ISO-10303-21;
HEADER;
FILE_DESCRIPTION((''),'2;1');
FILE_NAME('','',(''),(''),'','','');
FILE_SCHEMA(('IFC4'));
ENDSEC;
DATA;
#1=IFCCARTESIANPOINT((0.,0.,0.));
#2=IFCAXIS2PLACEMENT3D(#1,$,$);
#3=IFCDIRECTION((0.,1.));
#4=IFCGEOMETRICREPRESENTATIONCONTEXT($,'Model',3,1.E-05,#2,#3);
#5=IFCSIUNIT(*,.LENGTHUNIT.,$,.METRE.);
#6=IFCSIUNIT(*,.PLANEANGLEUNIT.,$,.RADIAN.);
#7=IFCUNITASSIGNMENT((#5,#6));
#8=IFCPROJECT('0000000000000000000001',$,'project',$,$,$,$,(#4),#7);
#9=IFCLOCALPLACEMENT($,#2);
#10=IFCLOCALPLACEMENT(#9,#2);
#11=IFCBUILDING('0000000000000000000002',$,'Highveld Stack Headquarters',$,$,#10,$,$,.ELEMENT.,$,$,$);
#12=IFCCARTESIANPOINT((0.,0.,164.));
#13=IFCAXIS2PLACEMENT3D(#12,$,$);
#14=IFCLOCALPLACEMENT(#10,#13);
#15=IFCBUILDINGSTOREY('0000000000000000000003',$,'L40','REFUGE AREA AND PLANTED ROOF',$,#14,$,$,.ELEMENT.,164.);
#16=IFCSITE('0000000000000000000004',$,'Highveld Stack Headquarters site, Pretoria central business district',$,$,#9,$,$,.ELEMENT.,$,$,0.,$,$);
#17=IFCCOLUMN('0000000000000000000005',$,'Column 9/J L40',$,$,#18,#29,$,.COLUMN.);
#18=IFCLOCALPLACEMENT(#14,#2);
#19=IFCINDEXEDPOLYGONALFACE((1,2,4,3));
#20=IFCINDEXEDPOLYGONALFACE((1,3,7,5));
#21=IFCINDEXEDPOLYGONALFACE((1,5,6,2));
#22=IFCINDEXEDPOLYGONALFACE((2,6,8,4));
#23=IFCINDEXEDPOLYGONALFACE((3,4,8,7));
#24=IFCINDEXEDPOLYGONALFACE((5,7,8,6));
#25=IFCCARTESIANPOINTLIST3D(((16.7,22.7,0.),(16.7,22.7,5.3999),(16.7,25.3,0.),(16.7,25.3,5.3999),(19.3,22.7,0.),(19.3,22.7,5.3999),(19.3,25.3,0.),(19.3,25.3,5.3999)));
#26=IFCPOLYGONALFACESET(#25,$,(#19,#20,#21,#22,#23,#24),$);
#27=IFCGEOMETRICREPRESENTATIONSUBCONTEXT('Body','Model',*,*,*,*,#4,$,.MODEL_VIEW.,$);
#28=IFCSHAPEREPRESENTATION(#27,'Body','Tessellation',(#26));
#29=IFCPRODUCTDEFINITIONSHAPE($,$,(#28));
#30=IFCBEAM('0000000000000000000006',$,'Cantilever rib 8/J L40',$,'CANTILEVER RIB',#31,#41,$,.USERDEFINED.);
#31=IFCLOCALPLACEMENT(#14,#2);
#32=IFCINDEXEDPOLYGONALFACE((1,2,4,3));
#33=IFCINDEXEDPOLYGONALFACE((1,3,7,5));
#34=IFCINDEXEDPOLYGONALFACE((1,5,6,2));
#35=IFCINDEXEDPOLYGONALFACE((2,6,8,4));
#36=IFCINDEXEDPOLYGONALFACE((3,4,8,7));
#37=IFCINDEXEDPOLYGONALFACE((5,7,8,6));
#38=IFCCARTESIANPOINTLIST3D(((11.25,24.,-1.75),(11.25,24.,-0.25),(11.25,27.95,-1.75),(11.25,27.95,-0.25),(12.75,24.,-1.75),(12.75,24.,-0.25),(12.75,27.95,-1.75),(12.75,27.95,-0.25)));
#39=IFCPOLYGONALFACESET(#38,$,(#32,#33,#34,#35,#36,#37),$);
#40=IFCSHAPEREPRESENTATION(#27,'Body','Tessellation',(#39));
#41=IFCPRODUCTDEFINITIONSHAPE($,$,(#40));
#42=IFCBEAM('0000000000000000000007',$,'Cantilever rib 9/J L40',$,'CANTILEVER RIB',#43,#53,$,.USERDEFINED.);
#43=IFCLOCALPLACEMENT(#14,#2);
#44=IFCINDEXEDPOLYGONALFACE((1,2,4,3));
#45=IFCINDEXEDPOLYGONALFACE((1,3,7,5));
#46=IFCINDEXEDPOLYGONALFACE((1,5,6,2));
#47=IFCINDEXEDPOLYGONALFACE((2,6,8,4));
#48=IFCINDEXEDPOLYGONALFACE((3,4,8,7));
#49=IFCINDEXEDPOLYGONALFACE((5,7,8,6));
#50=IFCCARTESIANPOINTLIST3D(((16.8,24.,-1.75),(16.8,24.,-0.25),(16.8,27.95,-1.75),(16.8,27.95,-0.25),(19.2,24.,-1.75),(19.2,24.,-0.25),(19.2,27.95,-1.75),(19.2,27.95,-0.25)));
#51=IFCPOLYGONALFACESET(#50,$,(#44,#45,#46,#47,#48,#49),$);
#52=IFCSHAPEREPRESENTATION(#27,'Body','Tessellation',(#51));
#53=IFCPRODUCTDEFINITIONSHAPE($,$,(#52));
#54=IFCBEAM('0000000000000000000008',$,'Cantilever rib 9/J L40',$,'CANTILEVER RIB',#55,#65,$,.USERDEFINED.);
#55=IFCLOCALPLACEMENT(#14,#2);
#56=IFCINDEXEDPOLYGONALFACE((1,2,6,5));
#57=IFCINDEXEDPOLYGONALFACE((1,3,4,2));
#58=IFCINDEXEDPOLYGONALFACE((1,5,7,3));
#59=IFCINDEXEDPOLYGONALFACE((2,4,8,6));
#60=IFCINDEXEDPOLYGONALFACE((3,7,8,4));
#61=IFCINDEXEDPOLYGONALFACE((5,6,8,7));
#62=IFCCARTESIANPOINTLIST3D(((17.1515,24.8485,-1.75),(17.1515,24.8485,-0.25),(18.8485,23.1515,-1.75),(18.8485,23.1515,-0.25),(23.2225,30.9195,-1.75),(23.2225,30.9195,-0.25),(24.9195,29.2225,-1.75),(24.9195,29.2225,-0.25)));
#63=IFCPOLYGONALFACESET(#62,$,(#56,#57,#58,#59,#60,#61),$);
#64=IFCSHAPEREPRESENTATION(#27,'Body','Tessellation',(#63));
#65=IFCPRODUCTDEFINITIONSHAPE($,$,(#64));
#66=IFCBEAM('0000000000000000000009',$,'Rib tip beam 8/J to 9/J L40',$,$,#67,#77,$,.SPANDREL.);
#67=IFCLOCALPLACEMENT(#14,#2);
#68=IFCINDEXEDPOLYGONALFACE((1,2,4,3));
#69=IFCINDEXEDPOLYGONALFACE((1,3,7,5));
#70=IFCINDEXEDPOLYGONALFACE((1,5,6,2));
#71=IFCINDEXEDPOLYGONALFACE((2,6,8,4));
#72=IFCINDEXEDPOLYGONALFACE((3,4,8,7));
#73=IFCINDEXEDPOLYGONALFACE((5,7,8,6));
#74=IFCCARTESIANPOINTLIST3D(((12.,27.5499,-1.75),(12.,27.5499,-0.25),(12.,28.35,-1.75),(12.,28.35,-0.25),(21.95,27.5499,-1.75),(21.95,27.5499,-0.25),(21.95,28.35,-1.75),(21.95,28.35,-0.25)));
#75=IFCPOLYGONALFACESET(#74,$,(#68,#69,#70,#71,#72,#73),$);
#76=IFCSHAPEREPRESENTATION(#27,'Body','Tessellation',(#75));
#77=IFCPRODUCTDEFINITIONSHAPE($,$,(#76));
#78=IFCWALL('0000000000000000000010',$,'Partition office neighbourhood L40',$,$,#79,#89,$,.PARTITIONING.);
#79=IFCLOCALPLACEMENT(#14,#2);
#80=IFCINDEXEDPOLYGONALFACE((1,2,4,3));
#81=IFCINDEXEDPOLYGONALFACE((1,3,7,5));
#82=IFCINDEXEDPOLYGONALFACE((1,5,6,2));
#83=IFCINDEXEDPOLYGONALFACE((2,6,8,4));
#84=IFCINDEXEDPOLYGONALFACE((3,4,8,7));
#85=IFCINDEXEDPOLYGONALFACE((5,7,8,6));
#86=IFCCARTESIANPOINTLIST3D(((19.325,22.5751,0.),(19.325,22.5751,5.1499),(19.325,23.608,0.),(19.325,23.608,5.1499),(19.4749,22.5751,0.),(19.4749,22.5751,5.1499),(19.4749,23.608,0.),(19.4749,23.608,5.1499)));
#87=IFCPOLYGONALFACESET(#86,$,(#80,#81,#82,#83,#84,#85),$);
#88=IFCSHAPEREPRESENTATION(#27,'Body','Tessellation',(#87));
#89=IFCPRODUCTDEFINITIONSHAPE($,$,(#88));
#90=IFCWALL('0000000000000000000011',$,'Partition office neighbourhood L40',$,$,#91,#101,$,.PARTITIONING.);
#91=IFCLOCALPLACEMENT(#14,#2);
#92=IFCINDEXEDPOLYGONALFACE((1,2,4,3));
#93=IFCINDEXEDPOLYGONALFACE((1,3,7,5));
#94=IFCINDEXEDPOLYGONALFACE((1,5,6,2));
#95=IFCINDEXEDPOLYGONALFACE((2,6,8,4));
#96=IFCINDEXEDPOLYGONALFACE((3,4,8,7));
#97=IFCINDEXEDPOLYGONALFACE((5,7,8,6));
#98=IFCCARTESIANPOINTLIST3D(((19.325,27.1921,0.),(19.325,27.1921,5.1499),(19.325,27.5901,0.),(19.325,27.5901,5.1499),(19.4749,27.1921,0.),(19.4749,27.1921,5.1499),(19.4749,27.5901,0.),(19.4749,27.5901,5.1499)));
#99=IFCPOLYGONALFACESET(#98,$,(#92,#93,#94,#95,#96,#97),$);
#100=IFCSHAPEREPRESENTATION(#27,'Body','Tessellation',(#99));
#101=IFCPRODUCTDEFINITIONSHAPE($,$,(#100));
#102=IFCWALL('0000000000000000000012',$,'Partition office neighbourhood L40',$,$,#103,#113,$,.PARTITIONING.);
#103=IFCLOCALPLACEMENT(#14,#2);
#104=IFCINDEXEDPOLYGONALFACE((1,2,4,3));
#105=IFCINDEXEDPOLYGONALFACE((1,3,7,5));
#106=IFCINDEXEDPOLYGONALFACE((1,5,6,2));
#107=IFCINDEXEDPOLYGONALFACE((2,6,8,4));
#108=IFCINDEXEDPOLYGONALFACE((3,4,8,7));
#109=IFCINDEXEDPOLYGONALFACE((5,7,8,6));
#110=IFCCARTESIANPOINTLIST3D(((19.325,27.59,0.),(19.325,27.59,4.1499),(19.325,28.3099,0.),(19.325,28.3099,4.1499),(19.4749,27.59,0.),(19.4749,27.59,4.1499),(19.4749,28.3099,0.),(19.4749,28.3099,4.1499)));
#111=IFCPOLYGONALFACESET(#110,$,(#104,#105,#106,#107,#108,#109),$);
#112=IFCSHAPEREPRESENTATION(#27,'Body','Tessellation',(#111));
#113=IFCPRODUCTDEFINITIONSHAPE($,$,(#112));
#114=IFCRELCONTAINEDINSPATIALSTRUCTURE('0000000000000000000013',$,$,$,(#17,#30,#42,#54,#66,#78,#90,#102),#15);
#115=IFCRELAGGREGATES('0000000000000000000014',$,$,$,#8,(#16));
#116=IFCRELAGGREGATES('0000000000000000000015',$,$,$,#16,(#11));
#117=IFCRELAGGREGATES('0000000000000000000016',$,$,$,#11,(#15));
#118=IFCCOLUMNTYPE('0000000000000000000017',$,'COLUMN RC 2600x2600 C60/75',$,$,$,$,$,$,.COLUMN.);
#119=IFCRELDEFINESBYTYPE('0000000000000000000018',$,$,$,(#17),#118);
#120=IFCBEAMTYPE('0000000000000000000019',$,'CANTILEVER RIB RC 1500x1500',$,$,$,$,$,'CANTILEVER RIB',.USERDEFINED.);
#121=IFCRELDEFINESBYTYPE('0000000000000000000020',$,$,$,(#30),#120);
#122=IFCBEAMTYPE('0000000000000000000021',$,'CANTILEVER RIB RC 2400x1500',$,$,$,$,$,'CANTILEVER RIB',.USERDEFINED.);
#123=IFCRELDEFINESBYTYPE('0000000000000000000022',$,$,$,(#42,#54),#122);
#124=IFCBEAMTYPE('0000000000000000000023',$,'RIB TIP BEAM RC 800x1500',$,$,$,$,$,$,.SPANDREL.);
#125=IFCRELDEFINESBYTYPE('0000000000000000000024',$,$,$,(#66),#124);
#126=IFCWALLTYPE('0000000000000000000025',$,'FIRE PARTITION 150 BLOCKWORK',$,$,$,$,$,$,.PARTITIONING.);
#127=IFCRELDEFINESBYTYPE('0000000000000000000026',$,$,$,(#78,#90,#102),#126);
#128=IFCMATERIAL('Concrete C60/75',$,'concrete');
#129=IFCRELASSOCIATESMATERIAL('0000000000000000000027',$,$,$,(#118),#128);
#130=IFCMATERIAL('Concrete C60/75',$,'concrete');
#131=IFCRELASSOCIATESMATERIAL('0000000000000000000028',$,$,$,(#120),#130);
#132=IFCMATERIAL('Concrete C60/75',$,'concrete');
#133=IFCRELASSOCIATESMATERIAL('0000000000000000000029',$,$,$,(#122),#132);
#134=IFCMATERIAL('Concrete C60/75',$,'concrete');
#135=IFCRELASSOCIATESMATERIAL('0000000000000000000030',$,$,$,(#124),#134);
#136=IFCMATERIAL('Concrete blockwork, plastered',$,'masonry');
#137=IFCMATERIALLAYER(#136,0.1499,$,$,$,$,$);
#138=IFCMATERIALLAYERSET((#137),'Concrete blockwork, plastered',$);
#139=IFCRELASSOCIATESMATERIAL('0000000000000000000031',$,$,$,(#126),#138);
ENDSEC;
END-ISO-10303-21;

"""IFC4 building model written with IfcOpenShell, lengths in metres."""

from ifc_helpers import new_model, si_unit, direction, frame, frame_2d, origin, origin_2d, place, context, subcontext, project, spatial, rectangle, extrude, material, layer, layer_set, material_profile, profile_set, type_object, element, save


model = new_model("IFC4")

# Units and contexts
model_context = context("Model", 3, precision=1e-05, world=origin(), true_north=direction((0.0, 1.0)))
body_context = subcontext(model_context, "Body", "Model", "MODEL_VIEW")
ifc_project = project(units=[si_unit("LENGTHUNIT", "METRE"), si_unit("PLANEANGLEUNIT", "RADIAN")], contexts=[model_context])

# Site, building, storey
site_placement = place(None, origin())
site = spatial("IfcSite", under=ifc_project, at=site_placement, Name="Highveld Stack Headquarters site, Pretoria central business district", CompositionType="ELEMENT", RefElevation=0.0)
building_placement = place(site_placement, origin())
building = spatial("IfcBuilding", under=site, at=building_placement, Name="Highveld Stack Headquarters", CompositionType="ELEMENT")
storey_placement = place(building_placement, frame((0.0, 0.0, 164.0)))
storey = spatial("IfcBuildingStorey", under=building, at=storey_placement, Name="L40", Description="REFUGE AREA AND PLANTED ROOF", CompositionType="ELEMENT", Elevation=164.0)

# Column
ifc_material_1 = material(Name="Concrete C60/75", Category="concrete")
ifc_material_profile_1 = material_profile(ifc_material_1, rectangle(XDim=2.6001, YDim=2.6001, at=origin_2d()), Name="RC 2600x2600")
ifc_profile_set_1 = profile_set([ifc_material_profile_1], Name="Concrete C60/75")
column_type = type_object("IfcColumnType", Name="COLUMN RC 2600x2600 C60/75", PredefinedType="COLUMN", material=ifc_profile_set_1)
column_placement = place(storey_placement, frame((18.0, 24.0, 0.0), z_axis=(0.0, 0.0, 1.0), x_axis=(1.0, 0.0, 0.0)))
element("IfcColumn", 1, at=column_placement, inside=storey, type_object=column_type, Name="Column 9/J L40", PredefinedType="COLUMN", context=body_context, shape_type="SweptSolid", body=[
    extrude(rectangle(XDim=2.6001, YDim=2.6001, at=origin_2d()), origin(), (0.0, 0.0, 1.0), 5.3999),
])

# Beams
ifc_material_2 = material(Name="Concrete C60/75", Category="concrete")
ifc_material_profile_2 = material_profile(ifc_material_2, rectangle(XDim=1.5, YDim=1.5, at=origin_2d()), Name="RC 1500x1500")
ifc_profile_set_2 = profile_set([ifc_material_profile_2], Name="Concrete C60/75")
beam_type_1 = type_object("IfcBeamType", Name="CANTILEVER RIB RC 1500x1500", ElementType="CANTILEVER RIB", PredefinedType="USERDEFINED", material=ifc_profile_set_2)
beam_1_placement = place(storey_placement, frame((12.0, 24.0, -1.0), z_axis=(0.0, 1.0, 0.0), x_axis=(-1.0, 0.0, 0.0)))
element("IfcBeam", 2, at=beam_1_placement, inside=storey, type_object=beam_type_1, Name="Cantilever rib 8/J L40", ObjectType="CANTILEVER RIB", PredefinedType="USERDEFINED", context=body_context, shape_type="SweptSolid", body=[
    extrude(rectangle(XDim=1.5, YDim=1.5, at=origin_2d()), origin(), (0.0, 0.0, 1.0), 3.95),
])
ifc_material_3 = material(Name="Concrete C60/75", Category="concrete")
ifc_material_profile_3 = material_profile(ifc_material_3, rectangle(XDim=2.3999, YDim=1.5, at=origin_2d()), Name="RC 2400x1500")
ifc_profile_set_3 = profile_set([ifc_material_profile_3], Name="Concrete C60/75")
beam_type_2 = type_object("IfcBeamType", Name="CANTILEVER RIB RC 2400x1500", ElementType="CANTILEVER RIB", PredefinedType="USERDEFINED", material=ifc_profile_set_3)
beam_2_placement = place(storey_placement, frame((18.0, 24.0, -1.0), z_axis=(0.0, 1.0, 0.0), x_axis=(-1.0, 0.0, 0.0)))
element("IfcBeam", 3, at=beam_2_placement, inside=storey, type_object=beam_type_2, Name="Cantilever rib 9/J L40", ObjectType="CANTILEVER RIB", PredefinedType="USERDEFINED", context=body_context, shape_type="SweptSolid", body=[
    extrude(rectangle(XDim=2.3999, YDim=1.5, at=origin_2d()), origin(), (0.0, 0.0, 1.0), 3.95),
])
beam_3_placement = place(storey_placement, frame((18.0, 24.0, -1.0), z_axis=(0.707107, 0.707107, 0.0), x_axis=(-0.707107, 0.707107, 0.0)))
element("IfcBeam", 4, at=beam_3_placement, inside=storey, type_object=beam_type_2, Name="Cantilever rib 9/J L40", ObjectType="CANTILEVER RIB", PredefinedType="USERDEFINED", context=body_context, shape_type="SweptSolid", body=[
    extrude(rectangle(XDim=2.3999, YDim=1.5, at=origin_2d()), origin(), (0.0, 0.0, 1.0), 8.5857),
])
ifc_material_4 = material(Name="Concrete C60/75", Category="concrete")
ifc_material_profile_4 = material_profile(ifc_material_4, rectangle(XDim=0.8, YDim=1.5, at=origin_2d()), Name="RC 800x1500")
ifc_profile_set_4 = profile_set([ifc_material_profile_4], Name="Concrete C60/75")
beam_type_3 = type_object("IfcBeamType", Name="RIB TIP BEAM RC 800x1500", PredefinedType="SPANDREL", material=ifc_profile_set_4)
beam_4_placement = place(storey_placement, frame((12.0, 27.95, -1.0), z_axis=(1.0, 0.0, 0.0), x_axis=(0.0, 1.0, 0.0)))
element("IfcBeam", 5, at=beam_4_placement, inside=storey, type_object=beam_type_3, Name="Rib tip beam 8/J to 9/J L40", PredefinedType="SPANDREL", context=body_context, shape_type="SweptSolid", body=[
    extrude(rectangle(XDim=0.8, YDim=1.5, at=origin_2d()), origin(), (0.0, 0.0, 1.0), 9.95),
])

# Wall
ifc_material_5 = material(Name="Concrete blockwork, plastered", Category="masonry")
ifc_layer = layer(ifc_material_5, 0.1499)
ifc_layer_set = layer_set([ifc_layer], Name="Concrete blockwork, plastered")
wall_type = type_object("IfcWallType", Name="FIRE PARTITION 150 BLOCKWORK", PredefinedType="PARTITIONING", material=ifc_layer_set)
wall_1_placement = place(storey_placement, frame((19.3999, 22.575, 0.0), z_axis=(0.0, 0.0, 1.0), x_axis=(0.0, 1.0, 0.0)))
element("IfcWall", 6, at=wall_1_placement, inside=storey, type_object=wall_type, Name="Partition office neighbourhood L40", PredefinedType="PARTITIONING", context=body_context, shape_type="SweptSolid", body=[
    extrude(rectangle(XDim=1.033, YDim=0.1499, at=frame_2d((0.5166, 0.0))), origin(), (0.0, 0.0, 1.0), 5.1499),
])

# Walls
wall_2_placement = place(storey_placement, frame((19.3999, 27.1921, 0.0), z_axis=(0.0, 0.0, 1.0), x_axis=(0.0, 1.0, 0.0)))
element("IfcWall", 7, at=wall_2_placement, inside=storey, type_object=wall_type, Name="Partition office neighbourhood L40", PredefinedType="PARTITIONING", context=body_context, shape_type="SweptSolid", body=[
    extrude(rectangle(XDim=0.3979, YDim=0.1499, at=frame_2d((0.199, 0.0))), origin(), (0.0, 0.0, 1.0), 5.1499),
])
wall_3_placement = place(storey_placement, frame((19.3999, 27.5901, 0.0), z_axis=(0.0, 0.0, 1.0), x_axis=(0.0, 1.0, 0.0)))
element("IfcWall", 8, at=wall_3_placement, inside=storey, type_object=wall_type, Name="Partition office neighbourhood L40", PredefinedType="PARTITIONING", context=body_context, shape_type="SweptSolid", body=[
    extrude(rectangle(XDim=0.72, YDim=0.1499, at=frame_2d((0.3599, 0.0))), origin(), (0.0, 0.0, 1.0), 4.1499),
])

save(model, "model.ifc")
